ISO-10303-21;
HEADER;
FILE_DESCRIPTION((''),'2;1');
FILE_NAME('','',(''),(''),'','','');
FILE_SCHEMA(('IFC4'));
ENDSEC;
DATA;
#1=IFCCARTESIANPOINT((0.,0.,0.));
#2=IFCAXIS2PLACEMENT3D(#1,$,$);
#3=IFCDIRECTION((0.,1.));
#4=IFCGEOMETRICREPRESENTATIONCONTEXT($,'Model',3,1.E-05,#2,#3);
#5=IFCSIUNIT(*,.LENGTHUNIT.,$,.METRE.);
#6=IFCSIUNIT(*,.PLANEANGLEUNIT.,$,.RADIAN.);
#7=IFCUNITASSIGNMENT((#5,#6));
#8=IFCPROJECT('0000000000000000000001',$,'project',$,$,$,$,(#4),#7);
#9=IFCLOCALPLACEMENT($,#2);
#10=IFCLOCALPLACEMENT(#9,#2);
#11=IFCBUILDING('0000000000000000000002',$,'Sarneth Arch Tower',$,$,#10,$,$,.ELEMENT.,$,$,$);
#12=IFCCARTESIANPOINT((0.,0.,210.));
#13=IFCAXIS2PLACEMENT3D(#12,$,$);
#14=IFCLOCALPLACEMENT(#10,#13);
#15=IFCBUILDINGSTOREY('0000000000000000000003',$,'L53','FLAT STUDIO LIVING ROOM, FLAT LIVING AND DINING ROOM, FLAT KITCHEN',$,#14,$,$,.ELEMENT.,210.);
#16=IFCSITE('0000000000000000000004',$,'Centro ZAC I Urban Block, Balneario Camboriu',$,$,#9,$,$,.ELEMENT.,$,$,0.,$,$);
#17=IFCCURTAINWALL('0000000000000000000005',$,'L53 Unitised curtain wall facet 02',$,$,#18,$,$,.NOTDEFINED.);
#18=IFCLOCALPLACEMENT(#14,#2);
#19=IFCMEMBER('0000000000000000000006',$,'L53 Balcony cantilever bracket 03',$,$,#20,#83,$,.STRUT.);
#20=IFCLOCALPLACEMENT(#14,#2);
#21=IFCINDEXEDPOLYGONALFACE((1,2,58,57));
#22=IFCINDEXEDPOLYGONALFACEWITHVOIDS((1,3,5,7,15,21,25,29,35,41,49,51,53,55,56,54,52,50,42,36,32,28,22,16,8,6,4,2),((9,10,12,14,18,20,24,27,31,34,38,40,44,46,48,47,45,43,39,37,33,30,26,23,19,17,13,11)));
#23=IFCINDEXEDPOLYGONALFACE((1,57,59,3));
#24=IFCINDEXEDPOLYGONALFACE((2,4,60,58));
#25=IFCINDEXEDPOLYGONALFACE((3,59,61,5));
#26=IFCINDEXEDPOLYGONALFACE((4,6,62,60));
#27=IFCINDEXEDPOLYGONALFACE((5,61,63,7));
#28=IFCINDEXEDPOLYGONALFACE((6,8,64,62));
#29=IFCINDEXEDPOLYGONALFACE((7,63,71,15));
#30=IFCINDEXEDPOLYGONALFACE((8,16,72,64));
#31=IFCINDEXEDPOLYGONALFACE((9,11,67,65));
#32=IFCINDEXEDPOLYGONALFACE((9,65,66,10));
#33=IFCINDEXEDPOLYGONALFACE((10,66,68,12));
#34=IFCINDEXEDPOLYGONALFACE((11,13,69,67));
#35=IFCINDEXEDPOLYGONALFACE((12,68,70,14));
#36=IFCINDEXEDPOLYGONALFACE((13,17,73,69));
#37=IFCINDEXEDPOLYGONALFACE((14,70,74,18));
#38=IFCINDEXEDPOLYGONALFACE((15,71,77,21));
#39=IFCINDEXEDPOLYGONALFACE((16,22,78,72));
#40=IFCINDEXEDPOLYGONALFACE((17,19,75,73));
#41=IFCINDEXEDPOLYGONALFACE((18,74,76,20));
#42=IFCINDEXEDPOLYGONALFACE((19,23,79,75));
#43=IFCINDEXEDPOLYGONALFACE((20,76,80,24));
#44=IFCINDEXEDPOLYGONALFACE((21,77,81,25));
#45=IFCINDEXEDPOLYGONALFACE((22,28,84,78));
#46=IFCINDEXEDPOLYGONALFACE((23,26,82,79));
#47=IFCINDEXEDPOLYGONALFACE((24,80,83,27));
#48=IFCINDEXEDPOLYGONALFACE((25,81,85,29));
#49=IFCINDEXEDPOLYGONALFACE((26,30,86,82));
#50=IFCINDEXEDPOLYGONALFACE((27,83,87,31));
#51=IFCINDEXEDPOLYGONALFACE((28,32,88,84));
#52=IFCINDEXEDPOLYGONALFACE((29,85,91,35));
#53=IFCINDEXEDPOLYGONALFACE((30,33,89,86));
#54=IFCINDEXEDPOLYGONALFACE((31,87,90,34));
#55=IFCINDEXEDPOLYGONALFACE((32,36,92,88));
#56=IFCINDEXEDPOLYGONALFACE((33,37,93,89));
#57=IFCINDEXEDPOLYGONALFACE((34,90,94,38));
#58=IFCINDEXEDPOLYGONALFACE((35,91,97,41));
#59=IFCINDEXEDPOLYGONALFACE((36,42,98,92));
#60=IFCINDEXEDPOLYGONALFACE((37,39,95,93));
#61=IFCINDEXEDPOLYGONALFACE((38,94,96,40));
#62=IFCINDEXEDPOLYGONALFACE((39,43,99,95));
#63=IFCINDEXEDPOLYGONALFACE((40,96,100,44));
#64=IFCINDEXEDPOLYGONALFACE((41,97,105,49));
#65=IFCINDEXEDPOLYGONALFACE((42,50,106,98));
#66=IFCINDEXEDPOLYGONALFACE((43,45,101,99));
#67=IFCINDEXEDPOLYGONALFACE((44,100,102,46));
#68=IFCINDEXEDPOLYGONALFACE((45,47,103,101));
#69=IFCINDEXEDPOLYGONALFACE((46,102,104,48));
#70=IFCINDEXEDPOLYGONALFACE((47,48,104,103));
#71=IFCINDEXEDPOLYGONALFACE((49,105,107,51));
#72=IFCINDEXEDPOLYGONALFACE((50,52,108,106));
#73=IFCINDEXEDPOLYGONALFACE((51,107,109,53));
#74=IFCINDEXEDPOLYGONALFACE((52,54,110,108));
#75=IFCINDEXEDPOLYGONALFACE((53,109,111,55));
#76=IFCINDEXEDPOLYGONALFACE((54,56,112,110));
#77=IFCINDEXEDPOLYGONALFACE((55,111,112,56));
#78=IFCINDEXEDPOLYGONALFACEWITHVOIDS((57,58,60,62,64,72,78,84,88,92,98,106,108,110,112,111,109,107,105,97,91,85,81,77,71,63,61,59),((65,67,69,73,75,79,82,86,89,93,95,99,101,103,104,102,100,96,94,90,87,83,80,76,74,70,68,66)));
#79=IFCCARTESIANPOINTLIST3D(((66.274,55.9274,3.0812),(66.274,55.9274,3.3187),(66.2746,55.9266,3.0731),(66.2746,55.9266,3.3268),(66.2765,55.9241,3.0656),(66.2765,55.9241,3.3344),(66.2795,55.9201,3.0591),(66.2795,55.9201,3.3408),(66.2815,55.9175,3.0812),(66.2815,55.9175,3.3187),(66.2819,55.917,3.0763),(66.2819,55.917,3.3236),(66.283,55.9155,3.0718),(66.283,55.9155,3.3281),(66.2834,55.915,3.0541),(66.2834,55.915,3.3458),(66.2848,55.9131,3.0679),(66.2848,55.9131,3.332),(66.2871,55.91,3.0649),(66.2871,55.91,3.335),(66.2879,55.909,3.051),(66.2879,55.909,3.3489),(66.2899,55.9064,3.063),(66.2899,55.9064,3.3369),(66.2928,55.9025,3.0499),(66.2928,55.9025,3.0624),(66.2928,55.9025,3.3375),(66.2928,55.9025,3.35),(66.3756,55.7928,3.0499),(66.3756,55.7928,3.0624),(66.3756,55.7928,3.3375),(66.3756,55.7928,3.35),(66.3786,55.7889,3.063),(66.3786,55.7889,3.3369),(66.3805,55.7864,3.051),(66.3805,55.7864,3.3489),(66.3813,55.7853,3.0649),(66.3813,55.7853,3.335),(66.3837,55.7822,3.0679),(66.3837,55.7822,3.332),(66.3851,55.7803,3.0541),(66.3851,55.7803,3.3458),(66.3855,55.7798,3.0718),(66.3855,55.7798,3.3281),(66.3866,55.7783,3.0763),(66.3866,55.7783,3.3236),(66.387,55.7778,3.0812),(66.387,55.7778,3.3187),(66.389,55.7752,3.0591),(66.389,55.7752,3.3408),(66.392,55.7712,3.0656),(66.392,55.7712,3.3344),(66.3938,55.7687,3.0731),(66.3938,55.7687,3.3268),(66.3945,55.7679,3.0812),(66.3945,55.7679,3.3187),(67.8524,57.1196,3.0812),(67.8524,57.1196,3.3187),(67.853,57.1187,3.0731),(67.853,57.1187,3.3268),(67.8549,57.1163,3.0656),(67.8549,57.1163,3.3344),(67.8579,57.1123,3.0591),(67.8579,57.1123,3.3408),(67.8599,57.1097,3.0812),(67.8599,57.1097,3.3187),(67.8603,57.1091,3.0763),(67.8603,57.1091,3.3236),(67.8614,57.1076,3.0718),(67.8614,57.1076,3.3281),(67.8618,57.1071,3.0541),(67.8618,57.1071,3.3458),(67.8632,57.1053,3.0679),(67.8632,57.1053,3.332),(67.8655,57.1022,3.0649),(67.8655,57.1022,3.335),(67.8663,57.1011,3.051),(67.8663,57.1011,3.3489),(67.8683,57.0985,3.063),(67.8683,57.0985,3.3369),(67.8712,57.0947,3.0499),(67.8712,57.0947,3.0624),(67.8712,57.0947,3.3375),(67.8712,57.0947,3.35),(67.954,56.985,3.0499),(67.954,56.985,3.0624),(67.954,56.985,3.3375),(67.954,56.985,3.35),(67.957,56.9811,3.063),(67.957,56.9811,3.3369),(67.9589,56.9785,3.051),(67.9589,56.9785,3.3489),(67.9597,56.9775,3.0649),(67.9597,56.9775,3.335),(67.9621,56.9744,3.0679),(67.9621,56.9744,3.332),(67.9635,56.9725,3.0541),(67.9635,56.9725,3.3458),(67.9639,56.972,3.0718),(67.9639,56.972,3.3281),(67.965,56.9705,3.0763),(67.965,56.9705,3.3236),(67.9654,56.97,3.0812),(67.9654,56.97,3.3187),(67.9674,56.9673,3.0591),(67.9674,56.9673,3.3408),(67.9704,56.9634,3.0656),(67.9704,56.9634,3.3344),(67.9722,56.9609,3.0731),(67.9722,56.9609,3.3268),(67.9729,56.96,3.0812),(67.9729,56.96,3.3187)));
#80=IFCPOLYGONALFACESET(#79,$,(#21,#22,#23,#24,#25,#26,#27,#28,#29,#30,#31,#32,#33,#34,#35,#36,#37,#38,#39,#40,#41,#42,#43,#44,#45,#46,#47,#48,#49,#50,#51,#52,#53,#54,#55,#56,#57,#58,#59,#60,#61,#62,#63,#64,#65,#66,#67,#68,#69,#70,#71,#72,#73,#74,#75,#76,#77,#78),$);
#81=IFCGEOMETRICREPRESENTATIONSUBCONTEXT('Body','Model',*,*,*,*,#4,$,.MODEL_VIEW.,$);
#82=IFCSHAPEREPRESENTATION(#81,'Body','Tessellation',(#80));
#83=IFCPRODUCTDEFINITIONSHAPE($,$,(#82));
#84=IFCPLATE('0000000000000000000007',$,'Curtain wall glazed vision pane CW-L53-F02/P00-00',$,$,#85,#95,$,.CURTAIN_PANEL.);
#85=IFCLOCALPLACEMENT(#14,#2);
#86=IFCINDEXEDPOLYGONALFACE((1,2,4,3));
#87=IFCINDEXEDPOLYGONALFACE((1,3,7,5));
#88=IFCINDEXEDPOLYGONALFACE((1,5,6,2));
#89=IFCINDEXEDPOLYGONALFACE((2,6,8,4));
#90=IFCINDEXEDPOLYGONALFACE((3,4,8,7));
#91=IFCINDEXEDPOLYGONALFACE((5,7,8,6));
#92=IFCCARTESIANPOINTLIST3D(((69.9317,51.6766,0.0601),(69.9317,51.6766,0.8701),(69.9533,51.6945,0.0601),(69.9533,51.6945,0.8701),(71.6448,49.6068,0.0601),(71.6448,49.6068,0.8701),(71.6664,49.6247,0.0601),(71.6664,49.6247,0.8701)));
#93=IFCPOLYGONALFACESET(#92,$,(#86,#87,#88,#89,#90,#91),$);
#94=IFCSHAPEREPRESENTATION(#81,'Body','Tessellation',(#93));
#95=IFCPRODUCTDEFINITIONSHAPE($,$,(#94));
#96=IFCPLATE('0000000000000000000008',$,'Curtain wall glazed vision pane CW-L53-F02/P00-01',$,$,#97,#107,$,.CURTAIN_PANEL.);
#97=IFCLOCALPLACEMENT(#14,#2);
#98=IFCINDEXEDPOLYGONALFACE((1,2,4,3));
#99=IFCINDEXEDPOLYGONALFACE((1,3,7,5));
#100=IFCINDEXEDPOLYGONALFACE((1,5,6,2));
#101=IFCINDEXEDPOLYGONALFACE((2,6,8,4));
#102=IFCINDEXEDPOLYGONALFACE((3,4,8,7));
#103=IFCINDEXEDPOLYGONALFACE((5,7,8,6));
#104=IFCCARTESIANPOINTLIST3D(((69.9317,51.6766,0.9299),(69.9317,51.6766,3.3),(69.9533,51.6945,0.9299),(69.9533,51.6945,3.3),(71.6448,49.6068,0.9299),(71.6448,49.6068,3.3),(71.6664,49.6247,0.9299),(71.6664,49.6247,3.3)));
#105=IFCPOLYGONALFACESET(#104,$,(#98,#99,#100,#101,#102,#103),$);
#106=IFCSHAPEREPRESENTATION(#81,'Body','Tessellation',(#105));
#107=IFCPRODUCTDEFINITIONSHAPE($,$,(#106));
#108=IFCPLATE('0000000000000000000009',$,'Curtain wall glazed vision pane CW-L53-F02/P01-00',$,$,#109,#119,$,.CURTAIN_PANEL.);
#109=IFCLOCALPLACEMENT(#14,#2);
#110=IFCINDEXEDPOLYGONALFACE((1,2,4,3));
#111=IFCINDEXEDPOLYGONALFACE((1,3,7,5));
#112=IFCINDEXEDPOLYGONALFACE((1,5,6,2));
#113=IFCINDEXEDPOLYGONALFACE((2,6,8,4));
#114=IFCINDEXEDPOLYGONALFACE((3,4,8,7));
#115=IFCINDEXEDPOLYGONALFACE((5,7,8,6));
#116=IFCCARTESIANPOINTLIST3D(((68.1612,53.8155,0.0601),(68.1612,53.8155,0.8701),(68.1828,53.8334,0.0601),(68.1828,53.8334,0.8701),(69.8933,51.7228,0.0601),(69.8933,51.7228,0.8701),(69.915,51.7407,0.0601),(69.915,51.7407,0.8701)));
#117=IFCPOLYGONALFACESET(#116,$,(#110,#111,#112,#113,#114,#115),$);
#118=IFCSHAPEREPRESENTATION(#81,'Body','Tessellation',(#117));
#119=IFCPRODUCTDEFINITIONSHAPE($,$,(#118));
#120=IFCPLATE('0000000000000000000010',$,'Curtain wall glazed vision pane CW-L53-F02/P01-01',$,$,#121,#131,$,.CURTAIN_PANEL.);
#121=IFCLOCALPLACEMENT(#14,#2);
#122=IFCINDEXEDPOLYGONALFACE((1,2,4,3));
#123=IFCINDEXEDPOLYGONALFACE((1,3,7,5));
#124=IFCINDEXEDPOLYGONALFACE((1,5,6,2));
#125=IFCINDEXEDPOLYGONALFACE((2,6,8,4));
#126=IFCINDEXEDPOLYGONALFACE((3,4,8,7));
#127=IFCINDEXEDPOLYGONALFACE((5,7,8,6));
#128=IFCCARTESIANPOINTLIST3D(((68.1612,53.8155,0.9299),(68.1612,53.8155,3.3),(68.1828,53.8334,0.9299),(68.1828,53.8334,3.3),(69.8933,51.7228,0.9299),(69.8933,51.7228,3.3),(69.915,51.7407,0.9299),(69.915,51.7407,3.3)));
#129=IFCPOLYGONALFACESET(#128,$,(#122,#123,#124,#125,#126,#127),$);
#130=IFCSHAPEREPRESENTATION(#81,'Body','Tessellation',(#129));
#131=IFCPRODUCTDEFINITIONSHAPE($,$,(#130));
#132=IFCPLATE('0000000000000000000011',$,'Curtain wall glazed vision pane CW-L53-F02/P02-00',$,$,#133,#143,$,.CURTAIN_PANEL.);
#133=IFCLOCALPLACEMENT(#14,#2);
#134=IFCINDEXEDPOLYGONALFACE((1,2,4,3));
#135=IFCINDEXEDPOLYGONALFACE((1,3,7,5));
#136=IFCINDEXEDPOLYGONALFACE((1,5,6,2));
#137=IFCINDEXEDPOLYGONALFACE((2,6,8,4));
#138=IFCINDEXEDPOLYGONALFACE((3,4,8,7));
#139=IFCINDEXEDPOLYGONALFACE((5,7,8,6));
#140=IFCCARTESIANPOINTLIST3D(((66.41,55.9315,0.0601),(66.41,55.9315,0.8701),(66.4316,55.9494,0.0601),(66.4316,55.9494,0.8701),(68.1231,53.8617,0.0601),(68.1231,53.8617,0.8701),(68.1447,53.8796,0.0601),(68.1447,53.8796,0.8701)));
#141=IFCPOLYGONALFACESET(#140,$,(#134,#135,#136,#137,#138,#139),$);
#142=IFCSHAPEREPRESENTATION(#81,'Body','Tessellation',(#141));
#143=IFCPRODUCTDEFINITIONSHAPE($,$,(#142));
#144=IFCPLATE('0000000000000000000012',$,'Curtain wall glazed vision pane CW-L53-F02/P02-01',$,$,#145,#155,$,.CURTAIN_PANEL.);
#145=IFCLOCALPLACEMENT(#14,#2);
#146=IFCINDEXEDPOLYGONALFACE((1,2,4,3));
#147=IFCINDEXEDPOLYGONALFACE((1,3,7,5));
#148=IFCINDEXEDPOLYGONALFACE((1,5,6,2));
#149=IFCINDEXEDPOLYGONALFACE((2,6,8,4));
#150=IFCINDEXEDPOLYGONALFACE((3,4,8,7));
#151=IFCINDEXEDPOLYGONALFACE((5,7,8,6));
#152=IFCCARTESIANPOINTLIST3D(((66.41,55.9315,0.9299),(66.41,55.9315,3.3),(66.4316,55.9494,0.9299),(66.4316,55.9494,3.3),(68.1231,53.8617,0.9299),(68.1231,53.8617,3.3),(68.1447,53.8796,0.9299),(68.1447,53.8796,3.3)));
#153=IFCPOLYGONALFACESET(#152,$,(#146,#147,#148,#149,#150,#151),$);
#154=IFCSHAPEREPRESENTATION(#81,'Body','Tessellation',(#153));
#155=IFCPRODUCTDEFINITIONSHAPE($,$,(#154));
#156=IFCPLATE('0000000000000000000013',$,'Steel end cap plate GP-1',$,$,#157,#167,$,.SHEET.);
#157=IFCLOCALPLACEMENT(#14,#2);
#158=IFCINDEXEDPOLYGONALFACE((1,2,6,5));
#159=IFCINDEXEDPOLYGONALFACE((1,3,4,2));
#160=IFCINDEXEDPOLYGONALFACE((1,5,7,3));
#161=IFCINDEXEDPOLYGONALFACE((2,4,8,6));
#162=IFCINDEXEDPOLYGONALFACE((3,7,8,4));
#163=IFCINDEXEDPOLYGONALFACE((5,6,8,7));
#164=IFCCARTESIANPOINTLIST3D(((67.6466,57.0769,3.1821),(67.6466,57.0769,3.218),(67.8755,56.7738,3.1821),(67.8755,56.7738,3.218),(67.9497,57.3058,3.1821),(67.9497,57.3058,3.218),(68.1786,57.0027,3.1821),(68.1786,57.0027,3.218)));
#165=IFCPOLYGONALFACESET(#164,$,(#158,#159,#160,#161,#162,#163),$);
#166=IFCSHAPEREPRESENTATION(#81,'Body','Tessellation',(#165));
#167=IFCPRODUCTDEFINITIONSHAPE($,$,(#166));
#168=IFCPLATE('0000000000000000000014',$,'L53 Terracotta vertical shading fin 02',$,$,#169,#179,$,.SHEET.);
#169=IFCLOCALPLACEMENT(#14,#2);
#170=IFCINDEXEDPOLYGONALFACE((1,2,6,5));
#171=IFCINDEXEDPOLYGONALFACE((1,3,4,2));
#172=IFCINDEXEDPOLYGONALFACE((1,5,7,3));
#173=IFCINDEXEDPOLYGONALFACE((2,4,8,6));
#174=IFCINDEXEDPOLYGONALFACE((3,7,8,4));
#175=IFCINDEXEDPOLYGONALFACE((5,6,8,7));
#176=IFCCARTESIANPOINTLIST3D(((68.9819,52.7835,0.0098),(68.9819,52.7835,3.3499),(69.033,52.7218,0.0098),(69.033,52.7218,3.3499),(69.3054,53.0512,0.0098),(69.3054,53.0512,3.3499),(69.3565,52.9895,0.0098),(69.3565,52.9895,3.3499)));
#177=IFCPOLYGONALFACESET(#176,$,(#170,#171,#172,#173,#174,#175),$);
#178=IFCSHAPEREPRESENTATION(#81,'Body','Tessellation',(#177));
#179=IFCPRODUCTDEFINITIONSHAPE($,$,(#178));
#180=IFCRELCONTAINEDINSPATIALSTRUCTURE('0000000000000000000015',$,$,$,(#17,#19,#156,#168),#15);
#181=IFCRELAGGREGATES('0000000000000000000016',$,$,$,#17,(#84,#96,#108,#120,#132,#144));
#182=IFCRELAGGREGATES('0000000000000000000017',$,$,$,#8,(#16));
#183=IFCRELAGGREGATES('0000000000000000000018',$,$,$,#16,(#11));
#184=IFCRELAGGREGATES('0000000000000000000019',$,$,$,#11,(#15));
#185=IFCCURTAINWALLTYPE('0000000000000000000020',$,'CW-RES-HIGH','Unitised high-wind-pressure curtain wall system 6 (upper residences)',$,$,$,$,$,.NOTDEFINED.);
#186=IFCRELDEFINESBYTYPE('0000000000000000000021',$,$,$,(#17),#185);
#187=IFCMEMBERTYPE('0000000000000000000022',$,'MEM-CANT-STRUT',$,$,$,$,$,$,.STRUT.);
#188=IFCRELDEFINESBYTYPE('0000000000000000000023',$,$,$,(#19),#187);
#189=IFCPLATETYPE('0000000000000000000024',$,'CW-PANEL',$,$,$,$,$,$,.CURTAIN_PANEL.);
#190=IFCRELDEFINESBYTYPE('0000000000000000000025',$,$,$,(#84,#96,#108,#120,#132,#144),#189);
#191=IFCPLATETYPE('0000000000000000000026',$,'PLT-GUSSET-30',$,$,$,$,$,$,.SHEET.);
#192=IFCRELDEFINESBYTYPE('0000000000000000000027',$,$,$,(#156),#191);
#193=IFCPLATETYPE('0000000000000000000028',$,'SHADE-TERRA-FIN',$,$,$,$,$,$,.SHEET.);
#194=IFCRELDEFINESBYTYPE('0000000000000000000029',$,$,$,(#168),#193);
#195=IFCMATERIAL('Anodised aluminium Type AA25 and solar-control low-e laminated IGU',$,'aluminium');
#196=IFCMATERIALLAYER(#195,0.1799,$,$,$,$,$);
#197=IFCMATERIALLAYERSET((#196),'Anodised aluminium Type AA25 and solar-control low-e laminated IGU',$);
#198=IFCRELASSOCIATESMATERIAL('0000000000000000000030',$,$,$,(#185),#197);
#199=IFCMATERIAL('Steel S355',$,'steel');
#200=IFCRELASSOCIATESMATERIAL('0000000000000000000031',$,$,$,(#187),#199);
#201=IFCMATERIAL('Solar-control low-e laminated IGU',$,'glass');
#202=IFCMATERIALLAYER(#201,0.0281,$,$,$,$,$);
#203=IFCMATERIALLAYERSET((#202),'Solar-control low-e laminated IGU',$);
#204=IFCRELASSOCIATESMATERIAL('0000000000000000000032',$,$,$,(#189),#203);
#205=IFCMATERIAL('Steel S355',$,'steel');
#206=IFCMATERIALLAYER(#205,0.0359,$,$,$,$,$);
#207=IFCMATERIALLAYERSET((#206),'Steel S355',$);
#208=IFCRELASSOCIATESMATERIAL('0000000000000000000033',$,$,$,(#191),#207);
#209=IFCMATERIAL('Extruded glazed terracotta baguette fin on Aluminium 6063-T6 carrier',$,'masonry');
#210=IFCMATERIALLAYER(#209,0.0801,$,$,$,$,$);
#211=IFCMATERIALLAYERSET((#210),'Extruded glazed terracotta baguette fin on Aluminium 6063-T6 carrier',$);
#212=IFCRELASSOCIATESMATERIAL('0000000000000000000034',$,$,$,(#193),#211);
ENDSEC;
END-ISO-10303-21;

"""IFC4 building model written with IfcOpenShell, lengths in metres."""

from ifc_helpers import new_model, si_unit, direction, frame, origin, origin_2d, place, context, subcontext, project, spatial, rectangle, hollow_rectangle, extrude, material, layer, layer_set, material_profile, profile_set, type_object, element, aggregate, save


model = new_model("IFC4")

# Units and contexts
model_context = context("Model", 3, precision=1e-05, world=origin(), true_north=direction((0.0, 1.0)))
body_context = subcontext(model_context, "Body", "Model", "MODEL_VIEW")
ifc_project = project(units=[si_unit("LENGTHUNIT", "METRE"), si_unit("PLANEANGLEUNIT", "RADIAN")], contexts=[model_context])

# Site, building, storey
site_placement = place(None, origin())
site = spatial("IfcSite", under=ifc_project, at=site_placement, Name="Centro ZAC I Urban Block, Balneario Camboriu", CompositionType="ELEMENT", RefElevation=0.0)
building_placement = place(site_placement, origin())
building = spatial("IfcBuilding", under=site, at=building_placement, Name="Sarneth Arch Tower", CompositionType="ELEMENT")
storey_placement = place(building_placement, frame((0.0, 0.0, 210.0)))
storey = spatial("IfcBuildingStorey", under=building, at=storey_placement, Name="L53", Description="FLAT STUDIO LIVING ROOM, FLAT LIVING AND DINING ROOM, FLAT KITCHEN", CompositionType="ELEMENT", Elevation=210.0)

# Curtain wall
ifc_material_1 = material(Name="Anodised aluminium Type AA25 and solar-control low-e laminated IGU", Category="aluminium")
ifc_layer_1 = layer(ifc_material_1, 0.1799)
ifc_layer_set_1 = layer_set([ifc_layer_1], Name="Anodised aluminium Type AA25 and solar-control low-e laminated IGU")
curtain_wall_type = type_object("IfcCurtainWallType", Name="CW-RES-HIGH", Description="Unitised high-wind-pressure curtain wall system 6 (upper residences)", PredefinedType="NOTDEFINED", material=ifc_layer_set_1)
curtain_wall_placement = place(storey_placement, origin())
curtain_wall = element("IfcCurtainWall", 1, at=curtain_wall_placement, inside=storey, type_object=curtain_wall_type, Name="L53 Unitised curtain wall facet 02", PredefinedType="NOTDEFINED")

# Member
ifc_material_2 = material(Name="Steel S355", Category="steel")
ifc_material_profile_1 = material_profile(ifc_material_2, hollow_rectangle(XDim=0.2, YDim=0.3, WallThickness=0.0125, InnerFilletRadius=0.0188, OuterFilletRadius=0.0312, at=origin_2d()), Name="RHS300x200x12.5")
ifc_profile_set_1 = profile_set([ifc_material_profile_1], Name="Steel S355")
member_type_1 = type_object("IfcMemberType", Name="MEM-CANT-STRUT", PredefinedType="STRUT", material=ifc_profile_set_1)
member_1_placement = place(storey_placement, frame((66.3342, 55.8477, 3.2), z_axis=(0.797966, 0.602702, 0.0), x_axis=(-0.602702, 0.797966, 0.0)))
element("IfcMember", 2, at=member_1_placement, inside=storey, type_object=member_type_1, Name="L53 Balcony cantilever bracket 03", PredefinedType="STRUT", context=body_context, shape_type="SweptSolid", body=[
    extrude(hollow_rectangle(XDim=0.2, YDim=0.3, WallThickness=0.0125, InnerFilletRadius=0.0188, OuterFilletRadius=0.0312, at=origin_2d()), origin(), (0.0, 0.0, 1.0), 1.978),
])

# Plates
ifc_material_3 = material(Name="Solar-control low-e laminated IGU", Category="glass")
ifc_layer_2 = layer(ifc_material_3, 0.0281)
ifc_layer_set_2 = layer_set([ifc_layer_2], Name="Solar-control low-e laminated IGU")
plate_type_1 = type_object("IfcPlateType", Name="CW-PANEL", PredefinedType="CURTAIN_PANEL", material=ifc_layer_set_2)
plate_1_placement = place(storey_placement, frame((70.7991, 50.6506, 0.0601), z_axis=(0.0, 0.0, 1.0), x_axis=(-0.63761, 0.770359, 0.0)))
plate_1 = element("IfcPlate", 3, at=plate_1_placement, type_object=plate_type_1, Name="Curtain wall glazed vision pane CW-L53-F02/P00-00", PredefinedType="CURTAIN_PANEL", context=body_context, shape_type="SweptSolid", body=[
    extrude(rectangle(XDim=2.6868, YDim=0.0281, at=origin_2d()), origin(), (0.0, 0.0, 1.0), 0.8101),
])
plate_2_placement = place(storey_placement, frame((70.7991, 50.6506, 0.9299), z_axis=(0.0, 0.0, 1.0), x_axis=(-0.63761, 0.770359, 0.0)))
plate_2 = element("IfcPlate", 4, at=plate_2_placement, type_object=plate_type_1, Name="Curtain wall glazed vision pane CW-L53-F02/P00-01", PredefinedType="CURTAIN_PANEL", context=body_context, shape_type="SweptSolid", body=[
    extrude(rectangle(XDim=2.6868, YDim=0.0281, at=origin_2d()), origin(), (0.0, 0.0, 1.0), 2.3701),
])
plate_3_placement = place(storey_placement, frame((69.0381, 52.7781, 0.0601), z_axis=(0.0, 0.0, 1.0), x_axis=(-0.63761, 0.770359, 0.0)))
plate_3 = element("IfcPlate", 5, at=plate_3_placement, type_object=plate_type_1, Name="Curtain wall glazed vision pane CW-L53-F02/P01-00", PredefinedType="CURTAIN_PANEL", context=body_context, shape_type="SweptSolid", body=[
    extrude(rectangle(XDim=2.7166, YDim=0.0281, at=origin_2d()), origin(), (0.0, 0.0, 1.0), 0.8101),
])
plate_4_placement = place(storey_placement, frame((69.0381, 52.7781, 0.9299), z_axis=(0.0, 0.0, 1.0), x_axis=(-0.63761, 0.770359, 0.0)))
plate_4 = element("IfcPlate", 6, at=plate_4_placement, type_object=plate_type_1, Name="Curtain wall glazed vision pane CW-L53-F02/P01-01", PredefinedType="CURTAIN_PANEL", context=body_context, shape_type="SweptSolid", body=[
    extrude(rectangle(XDim=2.7166, YDim=0.0281, at=origin_2d()), origin(), (0.0, 0.0, 1.0), 2.3701),
])
plate_5_placement = place(storey_placement, frame((67.2773, 54.9055, 0.0601), z_axis=(0.0, 0.0, 1.0), x_axis=(-0.63761, 0.770359, 0.0)))
plate_5 = element("IfcPlate", 7, at=plate_5_placement, type_object=plate_type_1, Name="Curtain wall glazed vision pane CW-L53-F02/P02-00", PredefinedType="CURTAIN_PANEL", context=body_context, shape_type="SweptSolid", body=[
    extrude(rectangle(XDim=2.6868, YDim=0.0281, at=origin_2d()), origin(), (0.0, 0.0, 1.0), 0.8101),
])
plate_6_placement = place(storey_placement, frame((67.2773, 54.9055, 0.9299), z_axis=(0.0, 0.0, 1.0), x_axis=(-0.63761, 0.770359, 0.0)))
plate_6 = element("IfcPlate", 8, at=plate_6_placement, type_object=plate_type_1, Name="Curtain wall glazed vision pane CW-L53-F02/P02-01", PredefinedType="CURTAIN_PANEL", context=body_context, shape_type="SweptSolid", body=[
    extrude(rectangle(XDim=2.6868, YDim=0.0281, at=origin_2d()), origin(), (0.0, 0.0, 1.0), 2.3701),
])
aggregate(curtain_wall, [plate_1, plate_2, plate_3, plate_4, plate_5, plate_6])

# Plates
ifc_material_4 = material(Name="Steel S355", Category="steel")
ifc_layer_3 = layer(ifc_material_4, 0.0359)
ifc_layer_set_3 = layer_set([ifc_layer_3], Name="Steel S355")
plate_type_2 = type_object("IfcPlateType", Name="PLT-GUSSET-30", PredefinedType="SHEET", material=ifc_layer_set_3)
plate_7_placement = place(storey_placement, frame((67.9126, 57.0398, 3.1821), z_axis=(0.0, 0.0, 1.0), x_axis=(0.798005, 0.602651, 0.0)))
element("IfcPlate", 9, at=plate_7_placement, inside=storey, type_object=plate_type_2, Name="Steel end cap plate GP-1", PredefinedType="SHEET", context=body_context, shape_type="SweptSolid", body=[
    extrude(rectangle(XDim=0.3799, YDim=0.3799, at=origin_2d()), origin(), (0.0, 0.0, 1.0), 0.0359),
])
ifc_material_5 = material(Name="Extruded glazed terracotta baguette fin on Aluminium 6063-T6 carrier", Category="masonry")
ifc_layer_4 = layer(ifc_material_5, 0.0801)
ifc_layer_set_4 = layer_set([ifc_layer_4], Name="Extruded glazed terracotta baguette fin on Aluminium 6063-T6 carrier")
plate_type_3 = type_object("IfcPlateType", Name="SHADE-TERRA-FIN", PredefinedType="SHEET", material=ifc_layer_set_4)
plate_8_placement = place(storey_placement, frame((69.1692, 52.8865, 0.0098), z_axis=(0.0, 0.0, 1.0), x_axis=(0.770402, 0.637558, 0.0)))
element("IfcPlate", 10, at=plate_8_placement, inside=storey, type_object=plate_type_3, Name="L53 Terracotta vertical shading fin 02", PredefinedType="SHEET", context=body_context, shape_type="SweptSolid", body=[
    extrude(rectangle(XDim=0.4199, YDim=0.0801, at=origin_2d()), origin(), (0.0, 0.0, 1.0), 3.3401),
])

save(model, "model.ifc")
